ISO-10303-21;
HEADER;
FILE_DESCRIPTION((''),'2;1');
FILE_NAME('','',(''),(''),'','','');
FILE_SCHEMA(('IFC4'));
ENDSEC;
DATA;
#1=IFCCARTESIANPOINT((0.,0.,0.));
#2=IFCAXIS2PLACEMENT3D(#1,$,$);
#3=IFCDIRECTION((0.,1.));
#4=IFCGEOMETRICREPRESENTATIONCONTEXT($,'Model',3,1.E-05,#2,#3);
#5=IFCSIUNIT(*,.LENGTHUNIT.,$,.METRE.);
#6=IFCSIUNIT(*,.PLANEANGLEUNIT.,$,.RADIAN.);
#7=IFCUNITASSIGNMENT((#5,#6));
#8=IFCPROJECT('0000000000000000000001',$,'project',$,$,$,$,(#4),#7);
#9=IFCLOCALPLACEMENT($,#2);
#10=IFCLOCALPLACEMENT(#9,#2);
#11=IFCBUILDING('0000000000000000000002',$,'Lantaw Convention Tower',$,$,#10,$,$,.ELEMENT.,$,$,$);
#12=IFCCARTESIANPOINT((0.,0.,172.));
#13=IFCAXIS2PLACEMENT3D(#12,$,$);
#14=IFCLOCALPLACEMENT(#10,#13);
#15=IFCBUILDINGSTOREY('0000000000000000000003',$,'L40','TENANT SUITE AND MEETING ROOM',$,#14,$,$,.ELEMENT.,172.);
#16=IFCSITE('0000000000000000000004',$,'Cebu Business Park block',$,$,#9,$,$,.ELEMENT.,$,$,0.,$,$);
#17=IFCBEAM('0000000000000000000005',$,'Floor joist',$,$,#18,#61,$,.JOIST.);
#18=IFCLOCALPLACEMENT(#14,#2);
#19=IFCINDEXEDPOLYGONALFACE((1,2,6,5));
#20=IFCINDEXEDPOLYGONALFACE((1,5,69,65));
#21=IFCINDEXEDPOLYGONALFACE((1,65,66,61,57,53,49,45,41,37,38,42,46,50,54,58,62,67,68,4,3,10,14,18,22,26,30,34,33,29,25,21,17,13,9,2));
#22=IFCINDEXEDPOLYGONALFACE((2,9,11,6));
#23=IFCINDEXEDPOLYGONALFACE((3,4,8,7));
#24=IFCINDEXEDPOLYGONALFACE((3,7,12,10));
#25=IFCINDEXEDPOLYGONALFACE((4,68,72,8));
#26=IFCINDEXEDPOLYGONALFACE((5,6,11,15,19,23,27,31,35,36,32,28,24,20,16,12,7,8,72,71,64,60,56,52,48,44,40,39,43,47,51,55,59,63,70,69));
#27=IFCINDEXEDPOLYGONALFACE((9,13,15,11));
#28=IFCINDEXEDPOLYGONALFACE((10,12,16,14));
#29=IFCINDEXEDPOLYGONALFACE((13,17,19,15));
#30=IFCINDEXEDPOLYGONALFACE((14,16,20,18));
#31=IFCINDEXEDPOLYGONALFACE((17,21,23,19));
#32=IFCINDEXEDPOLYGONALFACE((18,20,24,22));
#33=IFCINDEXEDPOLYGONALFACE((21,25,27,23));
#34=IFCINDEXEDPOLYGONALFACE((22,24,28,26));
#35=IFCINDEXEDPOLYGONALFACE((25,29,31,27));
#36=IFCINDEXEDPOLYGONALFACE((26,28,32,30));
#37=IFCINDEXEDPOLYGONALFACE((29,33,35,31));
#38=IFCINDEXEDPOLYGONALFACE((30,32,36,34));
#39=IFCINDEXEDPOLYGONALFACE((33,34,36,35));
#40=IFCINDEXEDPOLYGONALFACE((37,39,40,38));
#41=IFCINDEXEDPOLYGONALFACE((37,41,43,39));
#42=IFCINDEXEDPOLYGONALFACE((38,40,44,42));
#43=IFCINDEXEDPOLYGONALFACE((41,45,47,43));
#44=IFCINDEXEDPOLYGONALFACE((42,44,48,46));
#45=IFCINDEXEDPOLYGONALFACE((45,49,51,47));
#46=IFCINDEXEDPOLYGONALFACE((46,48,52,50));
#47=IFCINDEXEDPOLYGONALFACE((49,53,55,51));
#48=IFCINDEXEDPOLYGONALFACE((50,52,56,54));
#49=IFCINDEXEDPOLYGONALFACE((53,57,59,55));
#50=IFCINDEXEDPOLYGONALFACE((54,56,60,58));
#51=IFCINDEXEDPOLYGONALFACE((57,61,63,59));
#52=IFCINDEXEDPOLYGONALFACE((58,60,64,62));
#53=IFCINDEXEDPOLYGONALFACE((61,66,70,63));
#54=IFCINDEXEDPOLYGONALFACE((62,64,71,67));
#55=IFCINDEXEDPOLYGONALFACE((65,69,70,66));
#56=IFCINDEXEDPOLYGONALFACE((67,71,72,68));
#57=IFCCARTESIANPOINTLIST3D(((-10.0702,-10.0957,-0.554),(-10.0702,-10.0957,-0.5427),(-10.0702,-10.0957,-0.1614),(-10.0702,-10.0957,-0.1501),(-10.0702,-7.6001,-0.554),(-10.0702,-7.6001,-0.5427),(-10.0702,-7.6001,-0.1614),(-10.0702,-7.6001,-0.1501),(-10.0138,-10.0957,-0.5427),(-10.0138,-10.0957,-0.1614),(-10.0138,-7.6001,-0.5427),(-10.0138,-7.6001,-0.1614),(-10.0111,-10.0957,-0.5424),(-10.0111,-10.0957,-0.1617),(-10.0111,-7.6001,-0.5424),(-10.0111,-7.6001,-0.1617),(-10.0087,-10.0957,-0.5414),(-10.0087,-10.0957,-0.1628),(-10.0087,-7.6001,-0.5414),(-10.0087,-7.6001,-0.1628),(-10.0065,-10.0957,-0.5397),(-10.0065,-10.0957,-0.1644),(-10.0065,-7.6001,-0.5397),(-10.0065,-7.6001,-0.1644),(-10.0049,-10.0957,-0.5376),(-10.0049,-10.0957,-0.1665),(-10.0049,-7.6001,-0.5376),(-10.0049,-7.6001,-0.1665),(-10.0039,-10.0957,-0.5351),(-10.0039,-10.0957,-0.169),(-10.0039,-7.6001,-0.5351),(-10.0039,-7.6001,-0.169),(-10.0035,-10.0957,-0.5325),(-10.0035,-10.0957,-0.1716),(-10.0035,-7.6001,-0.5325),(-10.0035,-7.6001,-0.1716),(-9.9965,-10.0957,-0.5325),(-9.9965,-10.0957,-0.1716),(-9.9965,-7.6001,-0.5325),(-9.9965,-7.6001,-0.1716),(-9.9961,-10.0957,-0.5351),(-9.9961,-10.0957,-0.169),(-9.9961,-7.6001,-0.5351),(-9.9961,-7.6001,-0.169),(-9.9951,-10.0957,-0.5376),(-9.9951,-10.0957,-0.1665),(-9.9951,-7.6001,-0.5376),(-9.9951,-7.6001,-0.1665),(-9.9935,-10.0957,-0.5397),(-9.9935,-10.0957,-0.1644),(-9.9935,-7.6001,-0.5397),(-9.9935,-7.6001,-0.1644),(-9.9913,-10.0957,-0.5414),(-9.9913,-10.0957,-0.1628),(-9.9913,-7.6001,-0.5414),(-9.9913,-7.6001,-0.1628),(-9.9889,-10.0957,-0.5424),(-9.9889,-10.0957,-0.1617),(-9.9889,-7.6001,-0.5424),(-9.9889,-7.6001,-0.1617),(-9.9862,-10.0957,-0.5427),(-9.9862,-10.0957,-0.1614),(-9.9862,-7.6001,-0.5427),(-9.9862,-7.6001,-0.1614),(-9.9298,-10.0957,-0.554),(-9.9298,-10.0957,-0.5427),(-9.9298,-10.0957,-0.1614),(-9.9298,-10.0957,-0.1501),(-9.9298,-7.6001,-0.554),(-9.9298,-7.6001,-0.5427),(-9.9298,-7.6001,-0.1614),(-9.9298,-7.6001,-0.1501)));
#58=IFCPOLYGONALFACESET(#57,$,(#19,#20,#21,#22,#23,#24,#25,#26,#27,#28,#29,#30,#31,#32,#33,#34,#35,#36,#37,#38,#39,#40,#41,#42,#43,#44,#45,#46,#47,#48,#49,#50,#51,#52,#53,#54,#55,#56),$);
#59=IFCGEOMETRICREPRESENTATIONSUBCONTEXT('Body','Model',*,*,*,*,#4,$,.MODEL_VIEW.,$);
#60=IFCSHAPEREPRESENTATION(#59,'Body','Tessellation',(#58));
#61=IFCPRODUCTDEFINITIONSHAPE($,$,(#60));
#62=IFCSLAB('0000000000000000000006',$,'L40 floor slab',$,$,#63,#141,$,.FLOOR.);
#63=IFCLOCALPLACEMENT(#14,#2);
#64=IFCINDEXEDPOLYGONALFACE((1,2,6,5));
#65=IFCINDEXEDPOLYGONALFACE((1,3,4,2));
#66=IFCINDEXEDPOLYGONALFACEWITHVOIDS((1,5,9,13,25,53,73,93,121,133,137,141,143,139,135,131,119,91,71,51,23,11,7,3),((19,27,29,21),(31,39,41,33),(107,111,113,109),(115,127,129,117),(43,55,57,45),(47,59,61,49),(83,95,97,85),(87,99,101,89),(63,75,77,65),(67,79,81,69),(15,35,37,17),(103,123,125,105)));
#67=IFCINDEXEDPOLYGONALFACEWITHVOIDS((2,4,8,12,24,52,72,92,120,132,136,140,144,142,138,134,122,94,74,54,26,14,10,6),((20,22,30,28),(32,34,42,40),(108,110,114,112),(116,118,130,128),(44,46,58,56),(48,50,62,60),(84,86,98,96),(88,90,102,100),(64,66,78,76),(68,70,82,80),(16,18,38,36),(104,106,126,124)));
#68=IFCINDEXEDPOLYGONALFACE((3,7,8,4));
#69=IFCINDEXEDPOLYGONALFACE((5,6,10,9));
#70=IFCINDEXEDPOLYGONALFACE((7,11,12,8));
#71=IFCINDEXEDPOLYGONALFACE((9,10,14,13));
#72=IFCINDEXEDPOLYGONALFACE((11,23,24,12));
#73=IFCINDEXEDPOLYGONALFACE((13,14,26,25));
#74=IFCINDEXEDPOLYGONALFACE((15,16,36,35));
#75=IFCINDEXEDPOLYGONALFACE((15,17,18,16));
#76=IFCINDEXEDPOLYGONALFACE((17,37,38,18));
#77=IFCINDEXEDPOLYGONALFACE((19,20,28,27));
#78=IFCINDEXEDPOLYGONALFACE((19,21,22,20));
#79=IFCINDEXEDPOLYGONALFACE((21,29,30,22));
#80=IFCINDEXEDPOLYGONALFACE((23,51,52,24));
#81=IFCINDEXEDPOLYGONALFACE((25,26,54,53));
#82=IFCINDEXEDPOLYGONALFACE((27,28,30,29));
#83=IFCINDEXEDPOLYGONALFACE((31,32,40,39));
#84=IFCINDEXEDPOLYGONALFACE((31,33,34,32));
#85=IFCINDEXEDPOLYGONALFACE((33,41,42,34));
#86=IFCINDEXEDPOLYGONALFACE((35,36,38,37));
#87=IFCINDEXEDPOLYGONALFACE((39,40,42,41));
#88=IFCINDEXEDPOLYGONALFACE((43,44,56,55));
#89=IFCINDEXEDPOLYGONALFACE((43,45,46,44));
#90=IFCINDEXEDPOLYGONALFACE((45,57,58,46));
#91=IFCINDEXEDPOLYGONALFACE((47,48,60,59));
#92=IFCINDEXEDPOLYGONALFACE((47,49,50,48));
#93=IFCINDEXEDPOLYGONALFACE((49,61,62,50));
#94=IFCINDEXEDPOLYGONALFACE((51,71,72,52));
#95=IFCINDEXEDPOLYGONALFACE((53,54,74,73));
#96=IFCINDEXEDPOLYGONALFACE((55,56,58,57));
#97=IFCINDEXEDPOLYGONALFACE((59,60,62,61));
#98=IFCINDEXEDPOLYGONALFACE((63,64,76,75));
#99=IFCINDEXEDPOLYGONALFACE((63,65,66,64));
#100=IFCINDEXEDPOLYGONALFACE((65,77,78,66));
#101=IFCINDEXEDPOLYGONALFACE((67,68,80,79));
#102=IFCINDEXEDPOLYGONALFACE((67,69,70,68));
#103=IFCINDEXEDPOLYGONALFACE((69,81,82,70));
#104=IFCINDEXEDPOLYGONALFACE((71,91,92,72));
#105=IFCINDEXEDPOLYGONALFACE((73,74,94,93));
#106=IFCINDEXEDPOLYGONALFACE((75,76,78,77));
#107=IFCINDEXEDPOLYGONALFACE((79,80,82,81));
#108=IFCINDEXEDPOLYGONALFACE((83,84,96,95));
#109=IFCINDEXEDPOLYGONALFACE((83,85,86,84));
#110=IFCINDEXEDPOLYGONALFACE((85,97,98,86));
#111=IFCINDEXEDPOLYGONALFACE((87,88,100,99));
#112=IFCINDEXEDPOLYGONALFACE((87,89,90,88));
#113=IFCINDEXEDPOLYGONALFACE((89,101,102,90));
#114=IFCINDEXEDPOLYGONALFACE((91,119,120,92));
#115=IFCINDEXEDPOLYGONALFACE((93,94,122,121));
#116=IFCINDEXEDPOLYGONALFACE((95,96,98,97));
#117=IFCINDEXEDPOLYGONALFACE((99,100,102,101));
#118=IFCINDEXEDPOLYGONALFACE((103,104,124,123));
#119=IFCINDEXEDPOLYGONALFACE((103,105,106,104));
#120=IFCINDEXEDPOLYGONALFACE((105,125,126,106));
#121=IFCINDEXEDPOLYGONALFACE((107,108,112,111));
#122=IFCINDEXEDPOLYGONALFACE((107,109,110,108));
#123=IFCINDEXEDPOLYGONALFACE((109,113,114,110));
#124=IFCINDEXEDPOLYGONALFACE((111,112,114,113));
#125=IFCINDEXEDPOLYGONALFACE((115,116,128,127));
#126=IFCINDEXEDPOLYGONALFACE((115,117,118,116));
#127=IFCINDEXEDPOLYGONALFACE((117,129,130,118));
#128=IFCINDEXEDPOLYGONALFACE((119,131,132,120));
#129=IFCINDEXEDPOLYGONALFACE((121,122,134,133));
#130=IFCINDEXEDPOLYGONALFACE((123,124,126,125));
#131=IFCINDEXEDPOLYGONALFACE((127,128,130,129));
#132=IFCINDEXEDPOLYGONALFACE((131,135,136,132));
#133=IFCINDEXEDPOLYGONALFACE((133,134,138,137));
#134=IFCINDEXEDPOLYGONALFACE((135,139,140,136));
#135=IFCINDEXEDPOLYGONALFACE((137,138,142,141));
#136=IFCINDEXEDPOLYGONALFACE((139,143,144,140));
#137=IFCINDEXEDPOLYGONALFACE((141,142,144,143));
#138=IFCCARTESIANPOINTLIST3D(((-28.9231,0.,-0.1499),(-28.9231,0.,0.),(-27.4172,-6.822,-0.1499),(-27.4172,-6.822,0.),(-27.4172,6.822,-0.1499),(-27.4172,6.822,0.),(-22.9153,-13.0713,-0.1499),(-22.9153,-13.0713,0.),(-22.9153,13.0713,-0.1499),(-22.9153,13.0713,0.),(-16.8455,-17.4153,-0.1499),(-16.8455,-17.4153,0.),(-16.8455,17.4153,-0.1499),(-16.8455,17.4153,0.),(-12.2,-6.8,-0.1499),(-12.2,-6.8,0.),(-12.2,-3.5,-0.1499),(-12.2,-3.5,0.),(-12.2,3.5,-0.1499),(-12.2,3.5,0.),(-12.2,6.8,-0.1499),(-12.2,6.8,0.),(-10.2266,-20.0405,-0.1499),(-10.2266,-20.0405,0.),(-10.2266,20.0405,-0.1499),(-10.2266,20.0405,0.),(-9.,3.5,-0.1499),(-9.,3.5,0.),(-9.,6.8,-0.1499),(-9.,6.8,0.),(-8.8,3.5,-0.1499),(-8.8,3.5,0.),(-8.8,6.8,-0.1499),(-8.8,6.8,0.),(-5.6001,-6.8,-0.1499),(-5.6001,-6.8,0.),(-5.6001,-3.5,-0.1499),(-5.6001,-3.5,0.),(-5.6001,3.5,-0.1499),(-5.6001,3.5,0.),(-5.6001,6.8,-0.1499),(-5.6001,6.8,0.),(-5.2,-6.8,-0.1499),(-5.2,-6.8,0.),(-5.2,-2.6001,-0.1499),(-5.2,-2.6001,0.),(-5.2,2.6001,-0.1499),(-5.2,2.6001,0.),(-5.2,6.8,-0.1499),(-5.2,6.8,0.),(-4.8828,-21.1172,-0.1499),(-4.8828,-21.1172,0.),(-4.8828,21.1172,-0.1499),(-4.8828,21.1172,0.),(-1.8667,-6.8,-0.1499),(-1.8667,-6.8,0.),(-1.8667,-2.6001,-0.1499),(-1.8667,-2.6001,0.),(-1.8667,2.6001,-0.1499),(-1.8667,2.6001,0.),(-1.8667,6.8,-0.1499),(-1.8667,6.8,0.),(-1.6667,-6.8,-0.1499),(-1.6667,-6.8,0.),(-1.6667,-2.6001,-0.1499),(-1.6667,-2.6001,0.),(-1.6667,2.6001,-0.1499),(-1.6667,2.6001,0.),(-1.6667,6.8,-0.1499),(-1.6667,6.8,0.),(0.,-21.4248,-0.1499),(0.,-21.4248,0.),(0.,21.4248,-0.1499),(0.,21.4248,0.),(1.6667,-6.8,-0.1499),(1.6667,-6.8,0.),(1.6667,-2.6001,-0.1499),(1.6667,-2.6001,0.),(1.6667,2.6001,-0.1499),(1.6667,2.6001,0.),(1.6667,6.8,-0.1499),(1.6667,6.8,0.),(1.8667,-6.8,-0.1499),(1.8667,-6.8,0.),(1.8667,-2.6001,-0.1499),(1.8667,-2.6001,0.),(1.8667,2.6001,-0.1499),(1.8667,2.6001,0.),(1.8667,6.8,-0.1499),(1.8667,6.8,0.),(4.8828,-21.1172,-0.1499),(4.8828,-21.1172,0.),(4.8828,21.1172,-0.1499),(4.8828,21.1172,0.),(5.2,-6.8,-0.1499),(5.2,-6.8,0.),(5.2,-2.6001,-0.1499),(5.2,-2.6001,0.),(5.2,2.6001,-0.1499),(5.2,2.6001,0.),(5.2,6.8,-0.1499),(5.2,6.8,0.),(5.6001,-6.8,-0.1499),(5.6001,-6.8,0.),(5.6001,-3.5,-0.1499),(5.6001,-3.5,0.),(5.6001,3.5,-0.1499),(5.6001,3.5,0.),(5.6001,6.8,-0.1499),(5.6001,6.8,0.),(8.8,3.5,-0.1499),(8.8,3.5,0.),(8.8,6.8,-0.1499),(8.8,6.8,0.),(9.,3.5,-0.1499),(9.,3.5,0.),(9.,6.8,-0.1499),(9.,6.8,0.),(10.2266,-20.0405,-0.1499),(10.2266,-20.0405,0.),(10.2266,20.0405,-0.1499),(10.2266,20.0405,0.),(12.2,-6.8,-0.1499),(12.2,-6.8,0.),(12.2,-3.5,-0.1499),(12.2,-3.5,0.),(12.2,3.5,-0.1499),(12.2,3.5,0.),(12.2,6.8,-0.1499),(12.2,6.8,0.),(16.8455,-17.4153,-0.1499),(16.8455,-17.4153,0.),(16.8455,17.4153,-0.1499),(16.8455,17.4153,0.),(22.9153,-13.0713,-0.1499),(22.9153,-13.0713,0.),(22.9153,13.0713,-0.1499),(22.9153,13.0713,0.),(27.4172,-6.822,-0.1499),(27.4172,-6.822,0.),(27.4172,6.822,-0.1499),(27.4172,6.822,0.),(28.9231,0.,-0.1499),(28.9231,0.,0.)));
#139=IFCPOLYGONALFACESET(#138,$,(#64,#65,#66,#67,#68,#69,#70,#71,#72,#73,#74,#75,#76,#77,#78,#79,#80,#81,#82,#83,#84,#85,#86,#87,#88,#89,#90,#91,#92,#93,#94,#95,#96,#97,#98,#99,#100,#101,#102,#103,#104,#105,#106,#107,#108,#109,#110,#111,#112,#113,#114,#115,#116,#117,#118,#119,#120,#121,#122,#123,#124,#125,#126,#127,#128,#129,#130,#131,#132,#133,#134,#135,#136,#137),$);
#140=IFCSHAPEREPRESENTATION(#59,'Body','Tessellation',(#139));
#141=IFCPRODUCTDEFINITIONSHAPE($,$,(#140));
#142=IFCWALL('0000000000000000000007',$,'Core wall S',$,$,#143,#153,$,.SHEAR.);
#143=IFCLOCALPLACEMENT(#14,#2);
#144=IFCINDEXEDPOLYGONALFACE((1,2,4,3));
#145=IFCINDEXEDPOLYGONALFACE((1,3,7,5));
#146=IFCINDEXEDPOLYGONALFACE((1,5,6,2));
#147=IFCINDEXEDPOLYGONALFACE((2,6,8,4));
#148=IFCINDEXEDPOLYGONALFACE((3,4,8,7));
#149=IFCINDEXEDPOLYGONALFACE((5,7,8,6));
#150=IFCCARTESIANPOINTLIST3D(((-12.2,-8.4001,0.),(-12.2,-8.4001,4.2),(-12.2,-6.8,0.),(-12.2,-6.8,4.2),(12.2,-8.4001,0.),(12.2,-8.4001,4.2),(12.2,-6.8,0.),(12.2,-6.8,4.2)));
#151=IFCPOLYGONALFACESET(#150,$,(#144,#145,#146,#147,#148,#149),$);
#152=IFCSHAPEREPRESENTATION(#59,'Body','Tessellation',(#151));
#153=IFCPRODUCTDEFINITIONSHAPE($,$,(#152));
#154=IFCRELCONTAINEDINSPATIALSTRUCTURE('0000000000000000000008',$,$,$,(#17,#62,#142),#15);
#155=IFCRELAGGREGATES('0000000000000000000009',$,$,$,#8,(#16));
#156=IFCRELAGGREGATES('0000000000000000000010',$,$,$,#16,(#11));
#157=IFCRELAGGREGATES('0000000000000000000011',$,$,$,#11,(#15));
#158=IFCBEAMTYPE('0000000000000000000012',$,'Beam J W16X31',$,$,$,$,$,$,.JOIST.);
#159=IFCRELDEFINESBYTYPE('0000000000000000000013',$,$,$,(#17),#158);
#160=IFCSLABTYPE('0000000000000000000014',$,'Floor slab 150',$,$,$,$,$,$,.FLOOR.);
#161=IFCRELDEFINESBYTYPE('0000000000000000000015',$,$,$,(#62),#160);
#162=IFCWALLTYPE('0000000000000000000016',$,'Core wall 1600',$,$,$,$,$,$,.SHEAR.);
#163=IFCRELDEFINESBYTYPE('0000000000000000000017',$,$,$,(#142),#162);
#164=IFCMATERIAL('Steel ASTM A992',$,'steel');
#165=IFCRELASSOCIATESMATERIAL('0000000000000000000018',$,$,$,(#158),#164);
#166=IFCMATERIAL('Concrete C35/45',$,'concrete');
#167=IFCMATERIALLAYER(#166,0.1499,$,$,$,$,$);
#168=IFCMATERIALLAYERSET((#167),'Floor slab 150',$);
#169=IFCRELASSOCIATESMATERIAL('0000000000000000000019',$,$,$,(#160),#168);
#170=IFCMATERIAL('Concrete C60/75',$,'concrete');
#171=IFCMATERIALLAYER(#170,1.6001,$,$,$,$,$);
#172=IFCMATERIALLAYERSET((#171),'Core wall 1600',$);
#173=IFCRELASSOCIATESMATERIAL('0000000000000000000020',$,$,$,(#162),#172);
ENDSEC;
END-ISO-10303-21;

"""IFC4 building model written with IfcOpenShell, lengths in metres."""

from ifc_helpers import new_model, si_unit, direction, frame, frame_2d, origin, origin_2d, place, context, subcontext, project, spatial, polyline, rectangle, i_section, outline, extrude, material, layer, layer_set, material_profile, profile_set, type_object, element, save


model = new_model("IFC4")

# Units and contexts
model_context = context("Model", 3, precision=1e-05, world=origin(), true_north=direction((0.0, 1.0)))
body_context = subcontext(model_context, "Body", "Model", "MODEL_VIEW")
ifc_project = project(units=[si_unit("LENGTHUNIT", "METRE"), si_unit("PLANEANGLEUNIT", "RADIAN")], contexts=[model_context])

# Site, building, storey
site_placement = place(None, origin())
site = spatial("IfcSite", under=ifc_project, at=site_placement, Name="Cebu Business Park block", CompositionType="ELEMENT", RefElevation=0.0)
building_placement = place(site_placement, origin())
building = spatial("IfcBuilding", under=site, at=building_placement, Name="Lantaw Convention Tower", CompositionType="ELEMENT")
storey_placement = place(building_placement, frame((0.0, 0.0, 172.0)))
storey = spatial("IfcBuildingStorey", under=building, at=storey_placement, Name="L40", Description="TENANT SUITE AND MEETING ROOM", CompositionType="ELEMENT", Elevation=172.0)

# Beam
ifc_material_1 = material(Name="Steel ASTM A992", Category="steel")
ifc_material_profile_1 = material_profile(ifc_material_1, i_section(OverallWidth=0.1404, OverallDepth=0.4038, WebThickness=0.0071, FlangeThickness=0.0112, FilletRadius=0.0103, at=origin_2d()), Name="W16X31")
ifc_profile_set_1 = profile_set([ifc_material_profile_1], Name="Steel ASTM A992")
beam_type_1 = type_object("IfcBeamType", Name="Beam J W16X31", PredefinedType="JOIST", material=ifc_profile_set_1)
beam_1_placement = place(storey_placement, frame((-10.0, -10.0957, -0.3521), z_axis=(0.0, 1.0, 0.0), x_axis=(-1.0, 0.0, 0.0)))
element("IfcBeam", 1, at=beam_1_placement, inside=storey, type_object=beam_type_1, Name="Floor joist", PredefinedType="JOIST", context=body_context, shape_type="SweptSolid", body=[
    extrude(i_section(OverallWidth=0.1404, OverallDepth=0.4038, WebThickness=0.0071, FlangeThickness=0.0112, FilletRadius=0.0103, at=origin_2d()), origin(), (0.0, 0.0, 1.0), 2.4956),
])

# Slab
ifc_material_2 = material(Name="Concrete C35/45", Category="concrete")
ifc_layer_1 = layer(ifc_material_2, 0.1499)
ifc_layer_set_1 = layer_set([ifc_layer_1], Name="Floor slab 150")
slab_type = type_object("IfcSlabType", Name="Floor slab 150", PredefinedType="FLOOR", material=ifc_layer_set_1)
slab_placement = place(storey_placement, frame((0.0, 0.0, -0.1499)))
element("IfcSlab", 2, at=slab_placement, inside=storey, type_object=slab_type, Name="L40 floor slab", PredefinedType="FLOOR", context=body_context, shape_type="SweptSolid", body=[
    extrude(outline(polyline([(27.4172, -6.822), (28.9231, 0.0), (27.4172, 6.822), (22.9153, 13.0713), (16.8455, 17.4153), (10.2266, 20.0405), (4.8828, 21.1172), (0.0, 21.4248), (-4.8828, 21.1172), (-10.2266, 20.0405), (-16.8455, 17.4153), (-22.9153, 13.0713), (-27.4172, 6.822), (-28.9231, 0.0), (-27.4172, -6.822), (-22.9153, -13.0713), (-16.8455, -17.4153), (-10.2266, -20.0405), (-4.8828, -21.1172), (0.0, -21.4248), (4.8828, -21.1172), (10.2266, -20.0405), (16.8455, -17.4153), (22.9153, -13.0713), (27.4172, -6.822)]), holes=[polyline([(-5.6001, -3.5), (-12.2, -3.5), (-12.2, -6.8), (-5.6001, -6.8), (-5.6001, -3.5)]), polyline([(-1.8667, -6.8), (-1.8667, -2.6001), (-5.2, -2.6001), (-5.2, -6.8), (-1.8667, -6.8)]), polyline([(-1.8667, 2.6001), (-1.8667, 6.8), (-5.2, 6.8), (-5.2, 2.6001), (-1.8667, 2.6001)]), polyline([(1.6667, 6.8), (-1.6667, 6.8), (-1.6667, 2.6001), (1.6667, 2.6001), (1.6667, 6.8)]), polyline([(-9.0, 3.5), (-9.0, 6.8), (-12.2, 6.8), (-12.2, 3.5), (-9.0, 3.5)]), polyline([(-5.6001, 3.5), (-5.6001, 6.8), (-8.8, 6.8), (-8.8, 3.5), (-5.6001, 3.5)]), polyline([(12.2, -3.5), (5.6001, -3.5), (5.6001, -6.8), (12.2, -6.8), (12.2, -3.5)]), polyline([(1.6667, -6.8), (1.6667, -2.6001), (-1.6667, -2.6001), (-1.6667, -6.8), (1.6667, -6.8)]), polyline([(5.2, -6.8), (5.2, -2.6001), (1.8667, -2.6001), (1.8667, -6.8), (5.2, -6.8)]), polyline([(5.2, 6.8), (1.8667, 6.8), (1.8667, 2.6001), (5.2, 2.6001), (5.2, 6.8)]), polyline([(8.8, 3.5), (8.8, 6.8), (5.6001, 6.8), (5.6001, 3.5), (8.8, 3.5)]), polyline([(12.2, 3.5), (12.2, 6.8), (9.0, 6.8), (9.0, 3.5), (12.2, 3.5)])]), origin(), (0.0, 0.0, 1.0), 0.1499),
])

# Wall
ifc_material_3 = material(Name="Concrete C60/75", Category="concrete")
ifc_layer_2 = layer(ifc_material_3, 1.6001)
ifc_layer_set_2 = layer_set([ifc_layer_2], Name="Core wall 1600")
wall_type_1 = type_object("IfcWallType", Name="Core wall 1600", PredefinedType="SHEAR", material=ifc_layer_set_2)
wall_1_placement = place(storey_placement, frame((-12.2, -7.6001, 0.0), z_axis=(0.0, 0.0, 1.0), x_axis=(1.0, 0.0, 0.0)))
element("IfcWall", 3, at=wall_1_placement, inside=storey, type_object=wall_type_1, Name="Core wall S", PredefinedType="SHEAR", context=body_context, shape_type="SweptSolid", body=[
    extrude(rectangle(XDim=24.3999, YDim=1.6001, at=frame_2d((12.2, 0.0))), origin(), (0.0, 0.0, 1.0), 4.2),
])

save(model, "model.ifc")
